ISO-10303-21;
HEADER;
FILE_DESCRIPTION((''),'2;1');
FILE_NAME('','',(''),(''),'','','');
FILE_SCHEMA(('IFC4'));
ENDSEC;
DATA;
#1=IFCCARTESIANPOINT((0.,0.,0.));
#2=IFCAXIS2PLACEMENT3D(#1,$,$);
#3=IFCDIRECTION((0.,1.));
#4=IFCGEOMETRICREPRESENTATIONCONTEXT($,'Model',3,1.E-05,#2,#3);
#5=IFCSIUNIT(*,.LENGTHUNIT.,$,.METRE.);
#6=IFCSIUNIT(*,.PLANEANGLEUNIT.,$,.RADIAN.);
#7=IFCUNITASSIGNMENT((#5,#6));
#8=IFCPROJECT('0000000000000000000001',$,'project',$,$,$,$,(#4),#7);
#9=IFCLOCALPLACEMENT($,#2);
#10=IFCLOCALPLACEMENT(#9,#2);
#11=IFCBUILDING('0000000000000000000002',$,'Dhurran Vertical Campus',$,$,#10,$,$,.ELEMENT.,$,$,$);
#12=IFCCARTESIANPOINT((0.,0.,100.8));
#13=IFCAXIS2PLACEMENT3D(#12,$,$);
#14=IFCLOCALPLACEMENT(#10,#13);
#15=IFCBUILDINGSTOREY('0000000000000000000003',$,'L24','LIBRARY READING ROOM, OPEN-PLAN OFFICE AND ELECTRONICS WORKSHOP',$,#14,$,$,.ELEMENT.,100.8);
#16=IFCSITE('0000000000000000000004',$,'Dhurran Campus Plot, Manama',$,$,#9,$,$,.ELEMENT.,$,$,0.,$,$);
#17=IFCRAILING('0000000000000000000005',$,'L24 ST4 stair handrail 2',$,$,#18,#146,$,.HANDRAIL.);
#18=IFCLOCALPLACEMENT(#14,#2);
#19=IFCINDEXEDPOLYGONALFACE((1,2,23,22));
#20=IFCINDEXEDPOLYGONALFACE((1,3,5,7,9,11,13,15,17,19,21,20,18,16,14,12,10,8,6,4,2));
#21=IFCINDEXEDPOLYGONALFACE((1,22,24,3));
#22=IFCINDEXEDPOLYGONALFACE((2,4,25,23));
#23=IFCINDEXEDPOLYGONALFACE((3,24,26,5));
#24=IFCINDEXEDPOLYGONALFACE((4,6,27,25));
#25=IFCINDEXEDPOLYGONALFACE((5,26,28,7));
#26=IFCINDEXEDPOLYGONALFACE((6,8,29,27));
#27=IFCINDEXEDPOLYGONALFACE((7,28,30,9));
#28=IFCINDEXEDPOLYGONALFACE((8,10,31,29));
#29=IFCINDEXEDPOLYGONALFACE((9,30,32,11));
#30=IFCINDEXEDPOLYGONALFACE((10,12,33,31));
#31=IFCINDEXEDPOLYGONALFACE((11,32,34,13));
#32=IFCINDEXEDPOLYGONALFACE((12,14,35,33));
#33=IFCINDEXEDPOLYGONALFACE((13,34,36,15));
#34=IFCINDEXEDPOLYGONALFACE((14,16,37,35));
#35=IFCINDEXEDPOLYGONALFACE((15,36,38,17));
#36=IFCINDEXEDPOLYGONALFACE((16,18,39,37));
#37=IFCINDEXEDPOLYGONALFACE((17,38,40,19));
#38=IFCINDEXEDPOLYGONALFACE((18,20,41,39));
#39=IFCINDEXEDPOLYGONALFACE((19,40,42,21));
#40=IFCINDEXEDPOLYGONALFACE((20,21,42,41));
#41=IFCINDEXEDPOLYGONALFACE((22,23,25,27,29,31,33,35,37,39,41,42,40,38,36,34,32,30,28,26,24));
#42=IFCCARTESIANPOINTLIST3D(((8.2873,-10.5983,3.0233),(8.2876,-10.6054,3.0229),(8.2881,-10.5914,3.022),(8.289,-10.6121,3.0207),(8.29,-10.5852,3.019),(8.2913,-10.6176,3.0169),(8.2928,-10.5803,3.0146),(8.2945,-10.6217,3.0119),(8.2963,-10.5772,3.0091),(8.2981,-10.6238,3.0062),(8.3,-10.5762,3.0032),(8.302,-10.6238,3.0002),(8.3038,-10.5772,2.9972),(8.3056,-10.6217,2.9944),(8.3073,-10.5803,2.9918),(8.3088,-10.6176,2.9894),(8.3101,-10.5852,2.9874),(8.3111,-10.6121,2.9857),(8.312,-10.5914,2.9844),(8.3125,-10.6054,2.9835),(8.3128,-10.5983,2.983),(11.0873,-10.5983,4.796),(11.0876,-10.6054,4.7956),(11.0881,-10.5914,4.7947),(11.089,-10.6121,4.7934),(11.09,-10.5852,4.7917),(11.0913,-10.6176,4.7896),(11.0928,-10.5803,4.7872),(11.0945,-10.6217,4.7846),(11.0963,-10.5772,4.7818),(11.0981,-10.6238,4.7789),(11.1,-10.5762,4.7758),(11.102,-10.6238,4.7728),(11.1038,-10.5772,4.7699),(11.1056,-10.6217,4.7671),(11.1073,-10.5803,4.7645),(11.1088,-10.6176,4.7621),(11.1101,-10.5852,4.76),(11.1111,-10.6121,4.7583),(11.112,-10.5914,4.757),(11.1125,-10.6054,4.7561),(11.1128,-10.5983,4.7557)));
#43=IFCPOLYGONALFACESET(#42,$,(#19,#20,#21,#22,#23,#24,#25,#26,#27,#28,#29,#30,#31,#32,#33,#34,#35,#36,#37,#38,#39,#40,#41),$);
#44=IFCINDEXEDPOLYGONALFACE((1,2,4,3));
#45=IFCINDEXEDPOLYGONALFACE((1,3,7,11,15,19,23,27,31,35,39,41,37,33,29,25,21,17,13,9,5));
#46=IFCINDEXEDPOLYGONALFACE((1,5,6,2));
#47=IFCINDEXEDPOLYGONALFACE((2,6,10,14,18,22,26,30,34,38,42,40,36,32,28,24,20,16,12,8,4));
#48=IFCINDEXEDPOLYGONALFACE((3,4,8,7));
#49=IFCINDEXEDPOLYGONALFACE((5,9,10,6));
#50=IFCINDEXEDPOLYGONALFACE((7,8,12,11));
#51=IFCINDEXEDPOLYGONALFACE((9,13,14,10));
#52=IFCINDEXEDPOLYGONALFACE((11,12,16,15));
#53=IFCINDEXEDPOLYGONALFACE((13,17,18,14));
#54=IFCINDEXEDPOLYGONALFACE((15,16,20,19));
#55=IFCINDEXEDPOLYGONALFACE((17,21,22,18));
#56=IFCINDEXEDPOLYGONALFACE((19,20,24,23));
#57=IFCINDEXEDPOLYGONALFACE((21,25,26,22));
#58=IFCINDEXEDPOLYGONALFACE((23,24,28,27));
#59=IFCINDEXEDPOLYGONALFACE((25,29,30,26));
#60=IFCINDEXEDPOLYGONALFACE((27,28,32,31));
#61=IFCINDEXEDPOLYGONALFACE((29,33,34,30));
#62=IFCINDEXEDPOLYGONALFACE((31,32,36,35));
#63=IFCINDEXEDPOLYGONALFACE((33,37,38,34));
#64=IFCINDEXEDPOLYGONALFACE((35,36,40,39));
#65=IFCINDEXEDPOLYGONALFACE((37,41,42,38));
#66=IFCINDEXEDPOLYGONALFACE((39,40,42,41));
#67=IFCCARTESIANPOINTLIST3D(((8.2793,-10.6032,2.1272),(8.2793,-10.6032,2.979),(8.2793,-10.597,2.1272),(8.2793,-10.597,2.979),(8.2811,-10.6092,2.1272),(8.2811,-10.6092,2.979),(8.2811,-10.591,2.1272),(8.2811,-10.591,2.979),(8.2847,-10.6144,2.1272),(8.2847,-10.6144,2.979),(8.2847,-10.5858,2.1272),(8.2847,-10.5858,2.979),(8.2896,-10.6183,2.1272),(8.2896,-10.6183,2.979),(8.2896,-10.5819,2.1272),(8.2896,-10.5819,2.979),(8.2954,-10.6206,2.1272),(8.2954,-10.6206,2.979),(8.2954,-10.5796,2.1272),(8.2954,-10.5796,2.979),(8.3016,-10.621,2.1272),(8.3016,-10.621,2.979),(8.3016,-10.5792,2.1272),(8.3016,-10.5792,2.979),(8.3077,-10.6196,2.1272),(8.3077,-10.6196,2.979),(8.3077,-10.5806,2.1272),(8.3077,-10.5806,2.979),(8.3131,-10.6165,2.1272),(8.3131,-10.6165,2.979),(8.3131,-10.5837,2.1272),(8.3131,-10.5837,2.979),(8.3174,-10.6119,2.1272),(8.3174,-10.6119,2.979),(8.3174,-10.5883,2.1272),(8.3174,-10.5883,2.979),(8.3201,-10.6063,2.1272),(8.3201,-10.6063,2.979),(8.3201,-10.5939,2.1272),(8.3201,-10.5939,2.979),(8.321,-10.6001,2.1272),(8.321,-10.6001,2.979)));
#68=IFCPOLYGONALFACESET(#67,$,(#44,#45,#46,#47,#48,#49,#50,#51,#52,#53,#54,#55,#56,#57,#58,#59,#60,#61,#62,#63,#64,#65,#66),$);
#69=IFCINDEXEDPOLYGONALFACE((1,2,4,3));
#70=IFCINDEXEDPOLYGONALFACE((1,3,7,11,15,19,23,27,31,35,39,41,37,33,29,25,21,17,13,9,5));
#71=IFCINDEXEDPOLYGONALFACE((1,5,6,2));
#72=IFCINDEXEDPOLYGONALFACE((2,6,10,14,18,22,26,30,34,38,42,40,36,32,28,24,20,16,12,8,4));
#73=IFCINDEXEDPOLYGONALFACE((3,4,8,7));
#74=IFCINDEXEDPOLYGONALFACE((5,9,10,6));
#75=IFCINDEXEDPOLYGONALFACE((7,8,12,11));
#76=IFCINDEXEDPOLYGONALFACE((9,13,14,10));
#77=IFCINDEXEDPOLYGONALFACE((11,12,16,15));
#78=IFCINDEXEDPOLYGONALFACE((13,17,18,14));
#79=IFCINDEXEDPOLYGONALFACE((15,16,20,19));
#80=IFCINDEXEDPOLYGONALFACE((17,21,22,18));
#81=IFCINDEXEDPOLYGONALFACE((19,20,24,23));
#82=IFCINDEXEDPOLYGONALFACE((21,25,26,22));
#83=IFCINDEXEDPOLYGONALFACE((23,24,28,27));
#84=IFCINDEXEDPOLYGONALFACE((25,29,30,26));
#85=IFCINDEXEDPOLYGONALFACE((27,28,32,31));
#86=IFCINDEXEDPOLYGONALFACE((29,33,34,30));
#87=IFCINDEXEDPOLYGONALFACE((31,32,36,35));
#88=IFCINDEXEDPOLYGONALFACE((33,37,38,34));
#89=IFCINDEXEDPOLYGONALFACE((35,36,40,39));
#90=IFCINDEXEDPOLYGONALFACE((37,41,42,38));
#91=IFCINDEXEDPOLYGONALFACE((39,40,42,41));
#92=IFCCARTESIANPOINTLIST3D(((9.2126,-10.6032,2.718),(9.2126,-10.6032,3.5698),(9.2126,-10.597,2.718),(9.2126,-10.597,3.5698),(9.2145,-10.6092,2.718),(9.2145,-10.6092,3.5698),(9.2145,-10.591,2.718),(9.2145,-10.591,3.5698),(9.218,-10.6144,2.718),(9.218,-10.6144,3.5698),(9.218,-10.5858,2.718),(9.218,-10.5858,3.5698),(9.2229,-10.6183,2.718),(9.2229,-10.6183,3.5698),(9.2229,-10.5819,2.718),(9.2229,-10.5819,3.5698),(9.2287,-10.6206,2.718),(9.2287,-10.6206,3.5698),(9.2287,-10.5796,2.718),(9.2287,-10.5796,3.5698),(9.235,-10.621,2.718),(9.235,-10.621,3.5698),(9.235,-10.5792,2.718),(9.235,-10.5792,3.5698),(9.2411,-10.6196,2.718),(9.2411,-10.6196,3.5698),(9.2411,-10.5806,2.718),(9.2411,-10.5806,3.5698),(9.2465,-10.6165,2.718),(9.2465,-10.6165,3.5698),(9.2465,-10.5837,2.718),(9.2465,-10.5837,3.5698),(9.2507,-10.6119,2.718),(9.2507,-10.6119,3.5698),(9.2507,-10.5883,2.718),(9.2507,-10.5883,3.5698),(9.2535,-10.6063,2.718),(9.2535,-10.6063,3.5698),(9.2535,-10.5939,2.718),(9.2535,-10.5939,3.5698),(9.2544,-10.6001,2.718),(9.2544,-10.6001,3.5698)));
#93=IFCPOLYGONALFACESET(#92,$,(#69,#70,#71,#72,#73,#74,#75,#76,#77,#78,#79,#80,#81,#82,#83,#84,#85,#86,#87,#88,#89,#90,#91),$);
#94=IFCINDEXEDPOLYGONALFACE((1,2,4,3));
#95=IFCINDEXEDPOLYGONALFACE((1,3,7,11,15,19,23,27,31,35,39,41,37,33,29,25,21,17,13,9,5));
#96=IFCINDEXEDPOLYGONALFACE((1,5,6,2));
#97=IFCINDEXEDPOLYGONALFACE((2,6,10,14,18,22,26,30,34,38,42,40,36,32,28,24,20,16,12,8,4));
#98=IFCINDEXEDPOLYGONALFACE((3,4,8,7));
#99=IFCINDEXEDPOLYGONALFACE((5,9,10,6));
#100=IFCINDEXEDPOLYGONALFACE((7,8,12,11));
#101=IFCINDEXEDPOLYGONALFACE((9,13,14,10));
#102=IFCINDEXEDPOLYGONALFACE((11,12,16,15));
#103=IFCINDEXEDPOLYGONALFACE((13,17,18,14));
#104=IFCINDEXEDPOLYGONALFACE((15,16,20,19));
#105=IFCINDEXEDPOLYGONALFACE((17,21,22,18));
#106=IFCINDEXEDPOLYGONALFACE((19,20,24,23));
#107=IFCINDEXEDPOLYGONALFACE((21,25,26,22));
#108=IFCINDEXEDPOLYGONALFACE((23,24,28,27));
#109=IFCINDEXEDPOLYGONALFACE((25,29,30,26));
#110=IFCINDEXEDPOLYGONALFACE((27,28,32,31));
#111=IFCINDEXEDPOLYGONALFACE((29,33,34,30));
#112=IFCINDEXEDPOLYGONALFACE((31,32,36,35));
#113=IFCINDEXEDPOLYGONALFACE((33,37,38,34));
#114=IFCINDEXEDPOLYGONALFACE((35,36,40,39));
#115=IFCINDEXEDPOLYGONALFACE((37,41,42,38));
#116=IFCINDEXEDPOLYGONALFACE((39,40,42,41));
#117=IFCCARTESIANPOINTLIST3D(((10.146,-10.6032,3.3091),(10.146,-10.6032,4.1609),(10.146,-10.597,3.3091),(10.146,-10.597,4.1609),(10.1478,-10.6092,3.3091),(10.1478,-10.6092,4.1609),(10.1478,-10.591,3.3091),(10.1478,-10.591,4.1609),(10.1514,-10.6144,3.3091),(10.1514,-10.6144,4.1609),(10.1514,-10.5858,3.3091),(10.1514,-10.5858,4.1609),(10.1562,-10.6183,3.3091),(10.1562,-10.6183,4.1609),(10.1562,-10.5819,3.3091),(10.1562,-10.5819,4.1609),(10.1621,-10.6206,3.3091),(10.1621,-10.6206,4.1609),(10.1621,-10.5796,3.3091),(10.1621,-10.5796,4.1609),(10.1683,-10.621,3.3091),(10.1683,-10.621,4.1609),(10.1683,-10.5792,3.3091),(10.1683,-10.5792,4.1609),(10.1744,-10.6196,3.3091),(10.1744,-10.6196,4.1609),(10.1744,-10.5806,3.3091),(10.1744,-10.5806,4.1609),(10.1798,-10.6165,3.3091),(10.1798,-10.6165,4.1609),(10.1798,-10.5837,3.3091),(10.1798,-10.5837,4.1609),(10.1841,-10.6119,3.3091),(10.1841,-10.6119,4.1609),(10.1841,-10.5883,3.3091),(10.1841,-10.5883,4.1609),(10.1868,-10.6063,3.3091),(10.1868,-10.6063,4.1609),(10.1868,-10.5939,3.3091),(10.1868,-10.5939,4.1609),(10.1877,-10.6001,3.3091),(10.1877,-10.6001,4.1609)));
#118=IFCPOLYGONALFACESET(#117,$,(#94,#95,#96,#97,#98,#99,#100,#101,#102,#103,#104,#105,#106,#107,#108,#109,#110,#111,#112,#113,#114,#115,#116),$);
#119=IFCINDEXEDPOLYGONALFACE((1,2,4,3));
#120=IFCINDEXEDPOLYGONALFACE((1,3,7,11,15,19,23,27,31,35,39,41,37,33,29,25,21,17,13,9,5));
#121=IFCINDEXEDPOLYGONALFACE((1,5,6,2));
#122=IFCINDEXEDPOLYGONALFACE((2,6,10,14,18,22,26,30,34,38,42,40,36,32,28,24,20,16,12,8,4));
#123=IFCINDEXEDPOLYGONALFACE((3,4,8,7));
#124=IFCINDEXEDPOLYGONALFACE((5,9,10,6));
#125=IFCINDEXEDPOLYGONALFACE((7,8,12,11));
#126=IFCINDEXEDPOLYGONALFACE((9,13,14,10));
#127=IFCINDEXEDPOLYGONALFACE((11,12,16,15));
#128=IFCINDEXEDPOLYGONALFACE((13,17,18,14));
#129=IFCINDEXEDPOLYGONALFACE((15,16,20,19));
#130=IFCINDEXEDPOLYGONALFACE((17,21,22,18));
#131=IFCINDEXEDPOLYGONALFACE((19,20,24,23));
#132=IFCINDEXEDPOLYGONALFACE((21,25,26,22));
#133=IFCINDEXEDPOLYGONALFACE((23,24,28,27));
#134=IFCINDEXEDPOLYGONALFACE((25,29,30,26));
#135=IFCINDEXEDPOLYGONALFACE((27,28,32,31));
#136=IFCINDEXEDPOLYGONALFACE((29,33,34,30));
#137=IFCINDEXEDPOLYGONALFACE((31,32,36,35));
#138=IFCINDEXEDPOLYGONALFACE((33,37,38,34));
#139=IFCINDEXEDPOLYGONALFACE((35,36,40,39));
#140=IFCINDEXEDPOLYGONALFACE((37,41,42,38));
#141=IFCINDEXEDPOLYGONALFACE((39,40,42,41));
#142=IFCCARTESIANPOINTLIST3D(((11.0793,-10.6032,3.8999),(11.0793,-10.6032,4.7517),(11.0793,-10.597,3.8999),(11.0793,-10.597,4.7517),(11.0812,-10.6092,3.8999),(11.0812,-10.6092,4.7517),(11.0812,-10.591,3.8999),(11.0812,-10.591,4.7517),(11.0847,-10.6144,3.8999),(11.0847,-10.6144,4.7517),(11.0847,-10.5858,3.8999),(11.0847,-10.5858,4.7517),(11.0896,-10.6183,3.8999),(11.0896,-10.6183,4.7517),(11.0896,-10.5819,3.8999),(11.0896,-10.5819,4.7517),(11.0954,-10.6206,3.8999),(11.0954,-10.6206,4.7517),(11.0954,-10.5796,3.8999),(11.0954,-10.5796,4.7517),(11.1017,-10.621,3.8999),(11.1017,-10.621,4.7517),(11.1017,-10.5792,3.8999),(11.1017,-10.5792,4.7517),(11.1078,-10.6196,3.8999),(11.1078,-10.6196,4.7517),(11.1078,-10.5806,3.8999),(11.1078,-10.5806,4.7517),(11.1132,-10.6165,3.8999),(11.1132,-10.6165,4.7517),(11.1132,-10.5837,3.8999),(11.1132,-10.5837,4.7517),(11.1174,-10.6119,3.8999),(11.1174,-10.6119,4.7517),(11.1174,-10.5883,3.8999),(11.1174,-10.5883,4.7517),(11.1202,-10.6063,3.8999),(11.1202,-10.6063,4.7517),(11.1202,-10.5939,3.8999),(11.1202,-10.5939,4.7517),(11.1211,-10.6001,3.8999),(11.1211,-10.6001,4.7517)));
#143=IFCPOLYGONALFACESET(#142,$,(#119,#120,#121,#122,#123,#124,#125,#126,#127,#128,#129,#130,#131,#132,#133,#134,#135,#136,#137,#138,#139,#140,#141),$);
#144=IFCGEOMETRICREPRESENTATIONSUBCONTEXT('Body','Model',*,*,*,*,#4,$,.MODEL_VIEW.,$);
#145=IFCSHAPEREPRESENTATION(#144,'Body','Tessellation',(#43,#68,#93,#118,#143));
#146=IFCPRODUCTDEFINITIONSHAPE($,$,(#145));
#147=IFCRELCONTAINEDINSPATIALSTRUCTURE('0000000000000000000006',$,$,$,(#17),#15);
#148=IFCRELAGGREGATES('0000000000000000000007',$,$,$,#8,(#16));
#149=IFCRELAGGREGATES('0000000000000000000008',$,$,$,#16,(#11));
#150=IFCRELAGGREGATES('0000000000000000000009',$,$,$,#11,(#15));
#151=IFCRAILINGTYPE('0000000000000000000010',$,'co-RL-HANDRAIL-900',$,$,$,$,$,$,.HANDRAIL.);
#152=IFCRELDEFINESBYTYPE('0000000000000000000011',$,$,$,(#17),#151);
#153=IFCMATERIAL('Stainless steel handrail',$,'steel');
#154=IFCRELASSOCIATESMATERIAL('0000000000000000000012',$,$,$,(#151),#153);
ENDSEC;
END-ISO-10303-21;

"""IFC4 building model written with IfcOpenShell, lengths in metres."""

from ifc_helpers import new_model, si_unit, direction, frame, origin, origin_2d, place, context, subcontext, project, spatial, circle, extrude, material, type_object, element, save


model = new_model("IFC4")

# Units and contexts
model_context = context("Model", 3, precision=1e-05, world=origin(), true_north=direction((0.0, 1.0)))
body_context = subcontext(model_context, "Body", "Model", "MODEL_VIEW")
ifc_project = project(units=[si_unit("LENGTHUNIT", "METRE"), si_unit("PLANEANGLEUNIT", "RADIAN")], contexts=[model_context])

# Site, building, storey
site_placement = place(None, origin())
site = spatial("IfcSite", under=ifc_project, at=site_placement, Name="Dhurran Campus Plot, Manama", CompositionType="ELEMENT", RefElevation=0.0)
building_placement = place(site_placement, origin())
building = spatial("IfcBuilding", under=site, at=building_placement, Name="Dhurran Vertical Campus", CompositionType="ELEMENT")
storey_placement = place(building_placement, frame((0.0, 0.0, 100.8)))
storey = spatial("IfcBuildingStorey", under=building, at=storey_placement, Name="L24", Description="LIBRARY READING ROOM, OPEN-PLAN OFFICE AND ELECTRONICS WORKSHOP", CompositionType="ELEMENT", Elevation=100.8)

# Railing
ifc_material_1 = material(Name="Stainless steel handrail", Category="steel")
railing_type = type_object("IfcRailingType", Name="co-RL-HANDRAIL-900", PredefinedType="HANDRAIL", material=ifc_material_1)
railing_placement = place(storey_placement, frame((8.3, -10.6001, 2.1272)))
element("IfcRailing", 1, at=railing_placement, inside=storey, type_object=railing_type, Name="L24 ST4 stair handrail 2", PredefinedType="HANDRAIL", context=body_context, shape_type="SweptSolid", body=[
    extrude(circle(Radius=0.0239, at=origin_2d()), frame((0.0, 0.0, 0.876), z_axis=(0.844909, 0.0, 0.53491), x_axis=(0.0, 1.0, 0.0)), (0.0, 0.0, 1.0), 3.314),
    extrude(circle(Radius=0.021, at=origin_2d()), origin(), (0.0, 0.0, 1.0), 0.8518),
    extrude(circle(Radius=0.021, at=origin_2d()), frame((0.9333, 0.0, 0.5908)), (0.0, 0.0, 1.0), 0.8518),
    extrude(circle(Radius=0.021, at=origin_2d()), frame((1.8667, 0.0, 1.1819)), (0.0, 0.0, 1.0), 0.8518),
    extrude(circle(Radius=0.021, at=origin_2d()), frame((2.8, 0.0, 1.7727)), (0.0, 0.0, 1.0), 0.8518),
])

save(model, "model.ifc")
